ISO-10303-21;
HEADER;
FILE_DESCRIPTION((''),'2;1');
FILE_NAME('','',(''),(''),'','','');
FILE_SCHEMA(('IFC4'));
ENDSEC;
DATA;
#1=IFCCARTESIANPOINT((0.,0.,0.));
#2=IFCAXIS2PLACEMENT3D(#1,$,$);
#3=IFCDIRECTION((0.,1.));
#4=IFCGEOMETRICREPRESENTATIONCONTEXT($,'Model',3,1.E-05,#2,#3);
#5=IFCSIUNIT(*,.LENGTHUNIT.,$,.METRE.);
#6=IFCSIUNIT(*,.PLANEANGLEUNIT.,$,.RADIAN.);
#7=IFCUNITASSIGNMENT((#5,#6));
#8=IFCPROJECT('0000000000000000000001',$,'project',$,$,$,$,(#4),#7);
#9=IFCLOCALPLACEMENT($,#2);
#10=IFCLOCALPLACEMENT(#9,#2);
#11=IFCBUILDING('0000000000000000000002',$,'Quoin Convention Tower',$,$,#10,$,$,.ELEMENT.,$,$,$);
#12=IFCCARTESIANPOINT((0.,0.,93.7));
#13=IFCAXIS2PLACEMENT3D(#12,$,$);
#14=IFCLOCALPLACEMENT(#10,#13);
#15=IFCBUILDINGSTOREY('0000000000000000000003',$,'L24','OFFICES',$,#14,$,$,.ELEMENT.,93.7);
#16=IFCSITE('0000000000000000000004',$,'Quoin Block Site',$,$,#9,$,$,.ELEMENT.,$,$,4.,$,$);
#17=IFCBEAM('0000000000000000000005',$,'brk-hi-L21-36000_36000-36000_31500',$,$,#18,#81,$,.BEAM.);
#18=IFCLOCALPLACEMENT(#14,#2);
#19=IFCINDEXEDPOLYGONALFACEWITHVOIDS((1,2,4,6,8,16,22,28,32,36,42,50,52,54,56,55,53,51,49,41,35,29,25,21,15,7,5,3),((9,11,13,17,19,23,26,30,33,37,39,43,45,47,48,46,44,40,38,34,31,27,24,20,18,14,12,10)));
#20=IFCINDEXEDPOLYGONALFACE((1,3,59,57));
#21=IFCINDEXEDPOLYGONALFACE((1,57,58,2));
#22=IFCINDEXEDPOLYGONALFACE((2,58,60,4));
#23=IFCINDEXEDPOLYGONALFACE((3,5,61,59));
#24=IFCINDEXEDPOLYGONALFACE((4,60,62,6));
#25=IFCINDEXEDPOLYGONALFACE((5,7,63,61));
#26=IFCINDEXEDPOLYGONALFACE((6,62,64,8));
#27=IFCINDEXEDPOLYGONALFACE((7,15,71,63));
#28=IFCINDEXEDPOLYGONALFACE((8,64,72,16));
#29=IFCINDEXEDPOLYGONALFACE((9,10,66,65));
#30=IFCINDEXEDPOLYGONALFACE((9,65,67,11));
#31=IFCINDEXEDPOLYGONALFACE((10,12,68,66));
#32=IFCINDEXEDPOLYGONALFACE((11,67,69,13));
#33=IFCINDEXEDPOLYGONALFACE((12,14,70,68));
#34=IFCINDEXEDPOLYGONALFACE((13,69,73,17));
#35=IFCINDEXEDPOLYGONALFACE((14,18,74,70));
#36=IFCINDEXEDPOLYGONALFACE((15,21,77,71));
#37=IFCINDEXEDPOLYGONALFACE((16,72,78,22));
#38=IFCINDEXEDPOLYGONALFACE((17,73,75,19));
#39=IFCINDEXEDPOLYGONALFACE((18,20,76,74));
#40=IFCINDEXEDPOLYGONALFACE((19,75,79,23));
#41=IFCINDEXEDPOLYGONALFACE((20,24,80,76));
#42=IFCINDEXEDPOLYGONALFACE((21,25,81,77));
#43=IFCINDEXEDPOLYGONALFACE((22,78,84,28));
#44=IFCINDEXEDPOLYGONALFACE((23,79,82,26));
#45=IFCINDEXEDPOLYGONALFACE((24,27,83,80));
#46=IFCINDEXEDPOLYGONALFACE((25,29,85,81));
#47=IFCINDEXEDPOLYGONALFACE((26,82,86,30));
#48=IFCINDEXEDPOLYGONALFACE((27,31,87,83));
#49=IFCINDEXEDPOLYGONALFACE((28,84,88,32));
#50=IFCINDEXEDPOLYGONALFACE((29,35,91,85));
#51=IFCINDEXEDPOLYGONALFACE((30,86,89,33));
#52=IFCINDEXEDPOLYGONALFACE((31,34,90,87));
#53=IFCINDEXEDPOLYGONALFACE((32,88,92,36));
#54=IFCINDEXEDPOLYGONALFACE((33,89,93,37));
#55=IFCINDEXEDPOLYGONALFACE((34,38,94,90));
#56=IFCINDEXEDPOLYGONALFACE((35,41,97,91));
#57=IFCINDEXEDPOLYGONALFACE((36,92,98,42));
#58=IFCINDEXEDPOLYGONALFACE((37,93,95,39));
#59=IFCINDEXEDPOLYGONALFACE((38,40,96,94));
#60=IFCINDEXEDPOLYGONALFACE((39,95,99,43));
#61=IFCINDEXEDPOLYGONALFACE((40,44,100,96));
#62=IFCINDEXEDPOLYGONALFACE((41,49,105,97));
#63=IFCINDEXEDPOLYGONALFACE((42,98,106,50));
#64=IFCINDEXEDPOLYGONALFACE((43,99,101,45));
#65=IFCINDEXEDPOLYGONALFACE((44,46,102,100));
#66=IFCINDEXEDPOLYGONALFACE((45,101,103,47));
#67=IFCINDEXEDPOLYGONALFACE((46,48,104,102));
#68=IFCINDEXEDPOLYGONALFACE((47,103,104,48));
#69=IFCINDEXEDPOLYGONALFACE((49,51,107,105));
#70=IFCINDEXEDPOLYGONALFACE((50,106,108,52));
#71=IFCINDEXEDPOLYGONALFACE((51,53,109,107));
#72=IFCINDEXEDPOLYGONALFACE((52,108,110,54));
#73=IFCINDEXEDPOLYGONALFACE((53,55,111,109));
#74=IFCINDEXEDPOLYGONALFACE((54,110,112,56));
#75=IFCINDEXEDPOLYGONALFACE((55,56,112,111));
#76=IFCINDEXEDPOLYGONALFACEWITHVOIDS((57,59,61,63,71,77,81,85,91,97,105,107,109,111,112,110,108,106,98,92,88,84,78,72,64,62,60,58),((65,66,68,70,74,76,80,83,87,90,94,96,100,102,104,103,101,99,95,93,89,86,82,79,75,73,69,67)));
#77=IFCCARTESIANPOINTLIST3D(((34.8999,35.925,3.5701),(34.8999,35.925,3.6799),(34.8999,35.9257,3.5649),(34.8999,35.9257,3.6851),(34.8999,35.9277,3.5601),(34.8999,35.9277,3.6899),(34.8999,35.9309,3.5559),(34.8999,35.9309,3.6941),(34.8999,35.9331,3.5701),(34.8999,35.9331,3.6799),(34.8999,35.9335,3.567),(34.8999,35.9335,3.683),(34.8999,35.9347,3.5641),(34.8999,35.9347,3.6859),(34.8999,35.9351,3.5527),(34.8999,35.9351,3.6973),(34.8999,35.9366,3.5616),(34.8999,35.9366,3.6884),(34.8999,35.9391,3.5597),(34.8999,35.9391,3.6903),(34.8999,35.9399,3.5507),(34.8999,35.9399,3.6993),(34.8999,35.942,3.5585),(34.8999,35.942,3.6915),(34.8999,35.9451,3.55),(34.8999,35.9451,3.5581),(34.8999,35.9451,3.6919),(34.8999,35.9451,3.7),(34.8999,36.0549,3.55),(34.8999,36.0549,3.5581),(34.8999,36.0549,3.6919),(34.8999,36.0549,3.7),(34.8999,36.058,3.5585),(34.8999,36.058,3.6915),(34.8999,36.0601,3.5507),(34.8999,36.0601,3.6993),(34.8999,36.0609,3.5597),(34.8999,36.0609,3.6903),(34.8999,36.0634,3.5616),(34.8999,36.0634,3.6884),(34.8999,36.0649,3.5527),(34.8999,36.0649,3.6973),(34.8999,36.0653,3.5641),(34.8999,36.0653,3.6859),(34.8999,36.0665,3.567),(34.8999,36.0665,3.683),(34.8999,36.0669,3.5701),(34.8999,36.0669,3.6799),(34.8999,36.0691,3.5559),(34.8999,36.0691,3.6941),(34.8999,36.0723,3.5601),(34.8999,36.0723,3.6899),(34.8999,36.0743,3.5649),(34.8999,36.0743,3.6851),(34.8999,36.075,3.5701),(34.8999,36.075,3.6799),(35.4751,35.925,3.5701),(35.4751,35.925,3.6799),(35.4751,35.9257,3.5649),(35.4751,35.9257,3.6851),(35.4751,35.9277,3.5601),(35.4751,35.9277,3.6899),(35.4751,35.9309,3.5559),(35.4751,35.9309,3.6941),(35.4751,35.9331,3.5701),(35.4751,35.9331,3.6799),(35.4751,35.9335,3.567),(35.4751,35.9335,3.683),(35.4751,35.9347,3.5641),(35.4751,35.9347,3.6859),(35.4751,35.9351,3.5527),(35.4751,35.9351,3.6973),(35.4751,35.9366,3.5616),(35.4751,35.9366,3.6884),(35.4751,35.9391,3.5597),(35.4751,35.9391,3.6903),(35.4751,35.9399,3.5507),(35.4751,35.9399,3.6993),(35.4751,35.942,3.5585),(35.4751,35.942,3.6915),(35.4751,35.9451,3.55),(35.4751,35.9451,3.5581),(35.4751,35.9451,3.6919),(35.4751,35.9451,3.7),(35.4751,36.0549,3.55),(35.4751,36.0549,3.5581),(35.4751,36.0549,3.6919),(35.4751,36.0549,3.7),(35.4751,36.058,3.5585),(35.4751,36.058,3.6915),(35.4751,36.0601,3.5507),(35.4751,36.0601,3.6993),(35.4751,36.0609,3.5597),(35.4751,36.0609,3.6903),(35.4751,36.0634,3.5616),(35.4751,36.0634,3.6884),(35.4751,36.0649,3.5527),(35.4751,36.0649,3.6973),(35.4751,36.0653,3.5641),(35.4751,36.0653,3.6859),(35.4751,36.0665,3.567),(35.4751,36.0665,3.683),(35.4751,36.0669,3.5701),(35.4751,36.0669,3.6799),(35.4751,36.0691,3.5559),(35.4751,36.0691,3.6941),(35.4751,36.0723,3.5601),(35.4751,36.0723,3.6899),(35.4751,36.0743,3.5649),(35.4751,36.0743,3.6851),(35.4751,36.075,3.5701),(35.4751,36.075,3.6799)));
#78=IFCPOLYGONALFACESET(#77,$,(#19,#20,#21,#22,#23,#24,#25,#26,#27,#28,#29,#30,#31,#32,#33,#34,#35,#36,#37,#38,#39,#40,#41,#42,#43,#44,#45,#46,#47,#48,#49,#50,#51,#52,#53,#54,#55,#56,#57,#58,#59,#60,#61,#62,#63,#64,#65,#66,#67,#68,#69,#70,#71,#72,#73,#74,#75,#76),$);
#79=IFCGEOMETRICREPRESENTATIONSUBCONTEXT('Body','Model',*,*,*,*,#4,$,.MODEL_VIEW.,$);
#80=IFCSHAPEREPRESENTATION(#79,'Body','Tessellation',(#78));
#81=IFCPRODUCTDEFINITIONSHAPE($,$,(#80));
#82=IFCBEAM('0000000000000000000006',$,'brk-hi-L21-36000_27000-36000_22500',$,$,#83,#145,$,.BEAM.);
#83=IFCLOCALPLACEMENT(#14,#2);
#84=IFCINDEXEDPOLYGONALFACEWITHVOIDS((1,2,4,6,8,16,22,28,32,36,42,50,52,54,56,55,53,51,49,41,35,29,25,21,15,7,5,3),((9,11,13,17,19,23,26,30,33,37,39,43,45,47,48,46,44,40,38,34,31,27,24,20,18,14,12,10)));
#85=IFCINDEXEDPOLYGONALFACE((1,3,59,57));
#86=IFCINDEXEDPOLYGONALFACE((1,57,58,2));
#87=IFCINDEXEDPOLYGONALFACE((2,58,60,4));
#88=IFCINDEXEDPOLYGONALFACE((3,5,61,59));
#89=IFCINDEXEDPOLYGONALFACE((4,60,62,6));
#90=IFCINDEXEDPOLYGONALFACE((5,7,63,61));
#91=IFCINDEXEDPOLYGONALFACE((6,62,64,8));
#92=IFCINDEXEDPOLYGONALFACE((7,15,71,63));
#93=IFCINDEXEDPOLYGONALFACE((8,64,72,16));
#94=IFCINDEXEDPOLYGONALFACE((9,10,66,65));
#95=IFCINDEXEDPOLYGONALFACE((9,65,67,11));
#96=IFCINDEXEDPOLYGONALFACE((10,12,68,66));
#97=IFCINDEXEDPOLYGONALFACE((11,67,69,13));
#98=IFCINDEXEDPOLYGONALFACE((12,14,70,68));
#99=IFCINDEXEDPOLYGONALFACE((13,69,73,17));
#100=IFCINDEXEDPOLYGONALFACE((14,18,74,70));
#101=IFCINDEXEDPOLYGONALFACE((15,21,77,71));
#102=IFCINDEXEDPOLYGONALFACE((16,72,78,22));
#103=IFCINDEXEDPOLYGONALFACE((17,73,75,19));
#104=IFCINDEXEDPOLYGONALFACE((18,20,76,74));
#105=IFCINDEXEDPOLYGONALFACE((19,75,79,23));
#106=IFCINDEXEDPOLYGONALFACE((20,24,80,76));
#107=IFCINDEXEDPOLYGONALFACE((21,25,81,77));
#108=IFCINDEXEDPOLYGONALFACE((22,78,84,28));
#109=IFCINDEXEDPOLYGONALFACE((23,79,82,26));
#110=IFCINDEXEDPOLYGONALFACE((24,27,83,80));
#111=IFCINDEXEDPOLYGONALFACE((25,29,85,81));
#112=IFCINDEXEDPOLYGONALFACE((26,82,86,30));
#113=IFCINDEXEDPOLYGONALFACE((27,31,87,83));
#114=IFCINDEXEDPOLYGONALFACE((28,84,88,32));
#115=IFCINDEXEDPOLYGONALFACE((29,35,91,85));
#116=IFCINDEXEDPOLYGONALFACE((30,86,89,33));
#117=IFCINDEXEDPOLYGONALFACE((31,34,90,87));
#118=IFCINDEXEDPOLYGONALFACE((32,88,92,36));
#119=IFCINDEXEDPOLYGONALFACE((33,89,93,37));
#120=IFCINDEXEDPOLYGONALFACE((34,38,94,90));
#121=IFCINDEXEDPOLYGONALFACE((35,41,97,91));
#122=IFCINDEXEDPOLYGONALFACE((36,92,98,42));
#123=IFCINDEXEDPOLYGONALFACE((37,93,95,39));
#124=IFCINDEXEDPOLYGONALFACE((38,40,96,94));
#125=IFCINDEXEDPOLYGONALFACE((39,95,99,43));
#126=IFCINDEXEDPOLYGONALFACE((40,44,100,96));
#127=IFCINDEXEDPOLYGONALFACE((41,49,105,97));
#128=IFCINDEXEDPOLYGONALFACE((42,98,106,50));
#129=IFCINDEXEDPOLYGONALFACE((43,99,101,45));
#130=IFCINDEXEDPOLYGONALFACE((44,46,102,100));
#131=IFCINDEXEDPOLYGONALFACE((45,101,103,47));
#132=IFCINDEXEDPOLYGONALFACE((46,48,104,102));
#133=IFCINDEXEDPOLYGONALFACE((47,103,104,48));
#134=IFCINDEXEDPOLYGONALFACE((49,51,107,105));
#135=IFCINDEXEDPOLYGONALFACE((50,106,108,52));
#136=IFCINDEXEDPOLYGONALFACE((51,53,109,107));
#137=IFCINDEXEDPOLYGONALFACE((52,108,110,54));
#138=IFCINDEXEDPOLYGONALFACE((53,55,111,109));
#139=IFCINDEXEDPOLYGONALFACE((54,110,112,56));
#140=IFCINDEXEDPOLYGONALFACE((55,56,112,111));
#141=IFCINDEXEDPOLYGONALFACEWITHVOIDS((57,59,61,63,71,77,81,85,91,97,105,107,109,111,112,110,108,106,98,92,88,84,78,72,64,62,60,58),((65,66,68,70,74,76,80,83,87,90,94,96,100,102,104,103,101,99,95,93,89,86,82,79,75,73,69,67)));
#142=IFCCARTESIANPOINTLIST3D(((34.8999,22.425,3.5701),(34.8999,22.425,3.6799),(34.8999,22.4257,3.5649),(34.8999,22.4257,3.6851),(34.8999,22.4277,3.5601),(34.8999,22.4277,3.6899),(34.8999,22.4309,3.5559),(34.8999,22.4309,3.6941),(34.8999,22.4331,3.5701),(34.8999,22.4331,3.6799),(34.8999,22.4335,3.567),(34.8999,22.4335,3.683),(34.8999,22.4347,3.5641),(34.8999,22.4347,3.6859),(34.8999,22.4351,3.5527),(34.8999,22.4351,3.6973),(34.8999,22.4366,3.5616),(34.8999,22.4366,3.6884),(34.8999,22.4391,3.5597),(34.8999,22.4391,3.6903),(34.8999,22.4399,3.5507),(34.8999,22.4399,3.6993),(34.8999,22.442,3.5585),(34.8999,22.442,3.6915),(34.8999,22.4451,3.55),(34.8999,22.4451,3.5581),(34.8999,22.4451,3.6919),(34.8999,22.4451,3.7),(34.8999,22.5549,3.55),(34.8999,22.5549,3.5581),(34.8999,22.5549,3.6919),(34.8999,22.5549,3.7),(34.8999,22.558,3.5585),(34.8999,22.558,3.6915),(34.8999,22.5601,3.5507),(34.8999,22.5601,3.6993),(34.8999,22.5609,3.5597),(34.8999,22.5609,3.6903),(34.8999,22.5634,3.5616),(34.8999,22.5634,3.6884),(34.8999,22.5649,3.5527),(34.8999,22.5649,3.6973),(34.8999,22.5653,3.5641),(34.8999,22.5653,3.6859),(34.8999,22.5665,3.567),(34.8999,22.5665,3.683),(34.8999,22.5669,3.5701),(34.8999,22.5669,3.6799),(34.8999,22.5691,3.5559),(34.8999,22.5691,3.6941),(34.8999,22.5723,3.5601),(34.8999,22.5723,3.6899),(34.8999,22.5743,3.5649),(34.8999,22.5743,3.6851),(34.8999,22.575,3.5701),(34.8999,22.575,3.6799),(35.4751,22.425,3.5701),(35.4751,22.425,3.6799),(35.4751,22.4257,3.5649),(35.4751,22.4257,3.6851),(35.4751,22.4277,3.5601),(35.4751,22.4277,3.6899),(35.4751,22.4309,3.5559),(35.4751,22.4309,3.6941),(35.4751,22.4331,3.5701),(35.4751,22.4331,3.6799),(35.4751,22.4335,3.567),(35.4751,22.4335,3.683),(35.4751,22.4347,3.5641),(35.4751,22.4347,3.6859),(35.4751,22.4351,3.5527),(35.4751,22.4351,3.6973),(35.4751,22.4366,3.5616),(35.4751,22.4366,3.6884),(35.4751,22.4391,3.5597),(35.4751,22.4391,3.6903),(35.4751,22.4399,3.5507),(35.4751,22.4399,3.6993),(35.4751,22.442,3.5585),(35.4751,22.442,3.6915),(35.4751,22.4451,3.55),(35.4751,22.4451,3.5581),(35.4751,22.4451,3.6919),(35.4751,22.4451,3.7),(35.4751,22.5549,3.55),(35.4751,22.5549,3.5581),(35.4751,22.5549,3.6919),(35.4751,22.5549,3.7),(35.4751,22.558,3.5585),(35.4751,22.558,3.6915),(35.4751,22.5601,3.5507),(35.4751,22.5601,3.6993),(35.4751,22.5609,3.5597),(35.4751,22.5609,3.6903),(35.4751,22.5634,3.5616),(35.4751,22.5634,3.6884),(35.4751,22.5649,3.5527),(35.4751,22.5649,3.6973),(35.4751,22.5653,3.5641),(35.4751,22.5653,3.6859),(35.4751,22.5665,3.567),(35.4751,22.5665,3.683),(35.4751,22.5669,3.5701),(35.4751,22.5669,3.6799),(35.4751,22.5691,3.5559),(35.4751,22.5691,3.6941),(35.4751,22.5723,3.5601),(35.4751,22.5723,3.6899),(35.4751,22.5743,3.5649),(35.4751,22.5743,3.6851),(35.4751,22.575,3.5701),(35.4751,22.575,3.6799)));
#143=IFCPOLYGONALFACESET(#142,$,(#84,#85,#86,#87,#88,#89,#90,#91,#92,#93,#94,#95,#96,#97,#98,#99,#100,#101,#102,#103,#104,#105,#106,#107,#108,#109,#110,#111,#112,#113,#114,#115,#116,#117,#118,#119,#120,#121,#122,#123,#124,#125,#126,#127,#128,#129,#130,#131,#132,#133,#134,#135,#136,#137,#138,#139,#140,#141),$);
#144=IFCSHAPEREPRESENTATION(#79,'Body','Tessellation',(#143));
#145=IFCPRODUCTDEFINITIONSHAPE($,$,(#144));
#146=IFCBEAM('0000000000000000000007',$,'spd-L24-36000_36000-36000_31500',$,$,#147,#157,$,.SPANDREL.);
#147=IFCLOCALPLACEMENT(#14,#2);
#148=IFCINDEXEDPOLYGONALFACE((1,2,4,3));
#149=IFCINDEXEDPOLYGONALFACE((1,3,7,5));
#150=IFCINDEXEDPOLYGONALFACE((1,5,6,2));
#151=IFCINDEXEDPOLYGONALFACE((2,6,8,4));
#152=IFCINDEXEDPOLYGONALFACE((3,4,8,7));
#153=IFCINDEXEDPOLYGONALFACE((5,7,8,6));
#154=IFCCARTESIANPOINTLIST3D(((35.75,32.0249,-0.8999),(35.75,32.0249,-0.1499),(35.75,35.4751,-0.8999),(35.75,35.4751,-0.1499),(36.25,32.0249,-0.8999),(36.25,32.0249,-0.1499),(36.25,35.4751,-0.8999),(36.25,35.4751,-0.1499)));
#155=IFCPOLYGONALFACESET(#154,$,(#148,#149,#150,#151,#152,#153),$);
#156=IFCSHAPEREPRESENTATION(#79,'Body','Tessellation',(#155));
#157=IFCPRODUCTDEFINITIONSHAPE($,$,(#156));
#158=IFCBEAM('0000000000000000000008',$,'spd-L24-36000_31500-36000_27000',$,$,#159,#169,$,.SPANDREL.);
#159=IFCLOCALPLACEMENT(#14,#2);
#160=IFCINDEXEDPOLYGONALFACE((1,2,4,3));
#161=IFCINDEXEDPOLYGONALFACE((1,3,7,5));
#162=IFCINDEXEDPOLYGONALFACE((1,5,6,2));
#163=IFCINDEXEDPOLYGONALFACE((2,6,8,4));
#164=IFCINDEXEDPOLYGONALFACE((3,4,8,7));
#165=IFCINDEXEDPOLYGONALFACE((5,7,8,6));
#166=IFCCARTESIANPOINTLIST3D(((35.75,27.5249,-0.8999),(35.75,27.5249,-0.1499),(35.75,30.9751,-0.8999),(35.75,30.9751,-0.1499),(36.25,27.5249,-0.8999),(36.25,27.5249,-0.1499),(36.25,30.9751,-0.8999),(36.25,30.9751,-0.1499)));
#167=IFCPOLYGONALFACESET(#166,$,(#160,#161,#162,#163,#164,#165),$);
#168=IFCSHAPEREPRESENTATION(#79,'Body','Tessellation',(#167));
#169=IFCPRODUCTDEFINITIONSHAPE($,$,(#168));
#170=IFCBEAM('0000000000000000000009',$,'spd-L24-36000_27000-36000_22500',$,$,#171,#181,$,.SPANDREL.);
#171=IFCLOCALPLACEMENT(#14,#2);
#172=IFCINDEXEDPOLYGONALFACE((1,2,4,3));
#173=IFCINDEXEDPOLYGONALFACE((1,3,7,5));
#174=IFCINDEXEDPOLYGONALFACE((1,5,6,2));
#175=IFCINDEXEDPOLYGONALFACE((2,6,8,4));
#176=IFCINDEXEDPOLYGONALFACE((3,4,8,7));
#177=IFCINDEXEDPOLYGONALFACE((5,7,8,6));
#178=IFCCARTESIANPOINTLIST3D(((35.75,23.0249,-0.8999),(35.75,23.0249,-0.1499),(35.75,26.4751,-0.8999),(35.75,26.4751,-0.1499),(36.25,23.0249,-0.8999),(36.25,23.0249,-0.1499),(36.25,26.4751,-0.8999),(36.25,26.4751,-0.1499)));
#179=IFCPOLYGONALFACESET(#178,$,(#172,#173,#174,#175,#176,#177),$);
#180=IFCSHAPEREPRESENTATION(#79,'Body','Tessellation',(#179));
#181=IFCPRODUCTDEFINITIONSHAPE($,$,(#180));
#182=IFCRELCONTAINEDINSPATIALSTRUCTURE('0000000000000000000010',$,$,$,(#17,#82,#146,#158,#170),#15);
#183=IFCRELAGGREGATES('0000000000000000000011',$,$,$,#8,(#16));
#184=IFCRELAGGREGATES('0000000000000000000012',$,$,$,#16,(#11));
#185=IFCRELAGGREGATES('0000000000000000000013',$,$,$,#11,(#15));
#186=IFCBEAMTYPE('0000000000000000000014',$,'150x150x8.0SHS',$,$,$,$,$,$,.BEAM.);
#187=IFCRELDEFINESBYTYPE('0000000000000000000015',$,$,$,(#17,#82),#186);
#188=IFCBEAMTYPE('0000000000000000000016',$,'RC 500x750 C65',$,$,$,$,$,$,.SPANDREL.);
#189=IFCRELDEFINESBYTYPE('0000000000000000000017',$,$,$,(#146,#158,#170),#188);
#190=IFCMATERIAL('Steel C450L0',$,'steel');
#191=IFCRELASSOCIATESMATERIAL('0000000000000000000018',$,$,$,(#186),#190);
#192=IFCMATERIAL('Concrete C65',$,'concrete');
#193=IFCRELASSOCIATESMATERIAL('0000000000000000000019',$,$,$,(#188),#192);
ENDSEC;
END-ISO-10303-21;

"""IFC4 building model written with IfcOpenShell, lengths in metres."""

from ifc_helpers import new_model, si_unit, direction, frame, origin, origin_2d, place, context, subcontext, project, spatial, rectangle, hollow_rectangle, extrude, material, material_profile, profile_set, type_object, element, save


model = new_model("IFC4")

# Units and contexts
model_context = context("Model", 3, precision=1e-05, world=origin(), true_north=direction((0.0, 1.0)))
body_context = subcontext(model_context, "Body", "Model", "MODEL_VIEW")
ifc_project = project(units=[si_unit("LENGTHUNIT", "METRE"), si_unit("PLANEANGLEUNIT", "RADIAN")], contexts=[model_context])

# Site, building, storey
site_placement = place(None, origin())
site = spatial("IfcSite", under=ifc_project, at=site_placement, Name="Quoin Block Site", CompositionType="ELEMENT", RefElevation=4.0)
building_placement = place(site_placement, origin())
building = spatial("IfcBuilding", under=site, at=building_placement, Name="Quoin Convention Tower", CompositionType="ELEMENT")
storey_placement = place(building_placement, frame((0.0, 0.0, 93.7)))
storey = spatial("IfcBuildingStorey", under=building, at=storey_placement, Name="L24", Description="OFFICES", CompositionType="ELEMENT", Elevation=93.7)

# Shared definitions
ifc_material_1 = material(Name="Concrete C65", Category="concrete")

# Beams
ifc_material_2 = material(Name="Steel C450L0", Category="steel")
ifc_material_profile_1 = material_profile(ifc_material_2, hollow_rectangle(XDim=0.1499, YDim=0.1499, WallThickness=0.0081, InnerFilletRadius=0.012, OuterFilletRadius=0.02, at=origin_2d()), Name="150x150x8.0SHS")
ifc_profile_set_1 = profile_set([ifc_material_profile_1], Name="Steel C450L0")
beam_type_1 = type_object("IfcBeamType", Name="150x150x8.0SHS", PredefinedType="BEAM", material=ifc_profile_set_1)
for number, where, z_axis, x_axis, name in (
    (1, (35.4751, 36.0, 3.625), (-1.0, 0.0, 0.0), (0.0, -1.0, 0.0), "brk-hi-L21-36000_36000-36000_31500"),
    (2, (35.4751, 22.5, 3.625), (-1.0, 0.0, 0.0), (0.0, -1.0, 0.0), "brk-hi-L21-36000_27000-36000_22500"),
):
    element("IfcBeam", number, at=place(storey_placement, frame(where, z_axis=z_axis, x_axis=x_axis)), inside=storey, type_object=beam_type_1, Name=name, PredefinedType="BEAM", context=body_context, shape_type="SweptSolid", body=[
        extrude(hollow_rectangle(XDim=0.1499, YDim=0.1499, WallThickness=0.0081, InnerFilletRadius=0.012, OuterFilletRadius=0.02, at=origin_2d()), origin(), (0.0, 0.0, 1.0), 0.5752),
    ])
ifc_material_profile_2 = material_profile(ifc_material_1, rectangle(XDim=0.5, YDim=0.75, at=origin_2d()), Name="RC 500x750")
ifc_profile_set_2 = profile_set([ifc_material_profile_2], Name="Concrete C65")
beam_type_2 = type_object("IfcBeamType", Name="RC 500x750 C65", PredefinedType="SPANDREL", material=ifc_profile_set_2)
for number, where, z_axis, x_axis, name in (
    (3, (36.0, 35.4751, -0.5249), (0.0, -1.0, 0.0), (1.0, 0.0, 0.0), "spd-L24-36000_36000-36000_31500"),
    (4, (36.0, 30.9751, -0.5249), (0.0, -1.0, 0.0), (1.0, 0.0, 0.0), "spd-L24-36000_31500-36000_27000"),
    (5, (36.0, 26.4751, -0.5249), (0.0, -1.0, 0.0), (1.0, 0.0, 0.0), "spd-L24-36000_27000-36000_22500"),
):
    element("IfcBeam", number, at=place(storey_placement, frame(where, z_axis=z_axis, x_axis=x_axis)), inside=storey, type_object=beam_type_2, Name=name, PredefinedType="SPANDREL", context=body_context, shape_type="SweptSolid", body=[
        extrude(rectangle(XDim=0.5, YDim=0.75, at=origin_2d()), origin(), (0.0, 0.0, 1.0), 3.4502),
    ])

save(model, "model.ifc")
